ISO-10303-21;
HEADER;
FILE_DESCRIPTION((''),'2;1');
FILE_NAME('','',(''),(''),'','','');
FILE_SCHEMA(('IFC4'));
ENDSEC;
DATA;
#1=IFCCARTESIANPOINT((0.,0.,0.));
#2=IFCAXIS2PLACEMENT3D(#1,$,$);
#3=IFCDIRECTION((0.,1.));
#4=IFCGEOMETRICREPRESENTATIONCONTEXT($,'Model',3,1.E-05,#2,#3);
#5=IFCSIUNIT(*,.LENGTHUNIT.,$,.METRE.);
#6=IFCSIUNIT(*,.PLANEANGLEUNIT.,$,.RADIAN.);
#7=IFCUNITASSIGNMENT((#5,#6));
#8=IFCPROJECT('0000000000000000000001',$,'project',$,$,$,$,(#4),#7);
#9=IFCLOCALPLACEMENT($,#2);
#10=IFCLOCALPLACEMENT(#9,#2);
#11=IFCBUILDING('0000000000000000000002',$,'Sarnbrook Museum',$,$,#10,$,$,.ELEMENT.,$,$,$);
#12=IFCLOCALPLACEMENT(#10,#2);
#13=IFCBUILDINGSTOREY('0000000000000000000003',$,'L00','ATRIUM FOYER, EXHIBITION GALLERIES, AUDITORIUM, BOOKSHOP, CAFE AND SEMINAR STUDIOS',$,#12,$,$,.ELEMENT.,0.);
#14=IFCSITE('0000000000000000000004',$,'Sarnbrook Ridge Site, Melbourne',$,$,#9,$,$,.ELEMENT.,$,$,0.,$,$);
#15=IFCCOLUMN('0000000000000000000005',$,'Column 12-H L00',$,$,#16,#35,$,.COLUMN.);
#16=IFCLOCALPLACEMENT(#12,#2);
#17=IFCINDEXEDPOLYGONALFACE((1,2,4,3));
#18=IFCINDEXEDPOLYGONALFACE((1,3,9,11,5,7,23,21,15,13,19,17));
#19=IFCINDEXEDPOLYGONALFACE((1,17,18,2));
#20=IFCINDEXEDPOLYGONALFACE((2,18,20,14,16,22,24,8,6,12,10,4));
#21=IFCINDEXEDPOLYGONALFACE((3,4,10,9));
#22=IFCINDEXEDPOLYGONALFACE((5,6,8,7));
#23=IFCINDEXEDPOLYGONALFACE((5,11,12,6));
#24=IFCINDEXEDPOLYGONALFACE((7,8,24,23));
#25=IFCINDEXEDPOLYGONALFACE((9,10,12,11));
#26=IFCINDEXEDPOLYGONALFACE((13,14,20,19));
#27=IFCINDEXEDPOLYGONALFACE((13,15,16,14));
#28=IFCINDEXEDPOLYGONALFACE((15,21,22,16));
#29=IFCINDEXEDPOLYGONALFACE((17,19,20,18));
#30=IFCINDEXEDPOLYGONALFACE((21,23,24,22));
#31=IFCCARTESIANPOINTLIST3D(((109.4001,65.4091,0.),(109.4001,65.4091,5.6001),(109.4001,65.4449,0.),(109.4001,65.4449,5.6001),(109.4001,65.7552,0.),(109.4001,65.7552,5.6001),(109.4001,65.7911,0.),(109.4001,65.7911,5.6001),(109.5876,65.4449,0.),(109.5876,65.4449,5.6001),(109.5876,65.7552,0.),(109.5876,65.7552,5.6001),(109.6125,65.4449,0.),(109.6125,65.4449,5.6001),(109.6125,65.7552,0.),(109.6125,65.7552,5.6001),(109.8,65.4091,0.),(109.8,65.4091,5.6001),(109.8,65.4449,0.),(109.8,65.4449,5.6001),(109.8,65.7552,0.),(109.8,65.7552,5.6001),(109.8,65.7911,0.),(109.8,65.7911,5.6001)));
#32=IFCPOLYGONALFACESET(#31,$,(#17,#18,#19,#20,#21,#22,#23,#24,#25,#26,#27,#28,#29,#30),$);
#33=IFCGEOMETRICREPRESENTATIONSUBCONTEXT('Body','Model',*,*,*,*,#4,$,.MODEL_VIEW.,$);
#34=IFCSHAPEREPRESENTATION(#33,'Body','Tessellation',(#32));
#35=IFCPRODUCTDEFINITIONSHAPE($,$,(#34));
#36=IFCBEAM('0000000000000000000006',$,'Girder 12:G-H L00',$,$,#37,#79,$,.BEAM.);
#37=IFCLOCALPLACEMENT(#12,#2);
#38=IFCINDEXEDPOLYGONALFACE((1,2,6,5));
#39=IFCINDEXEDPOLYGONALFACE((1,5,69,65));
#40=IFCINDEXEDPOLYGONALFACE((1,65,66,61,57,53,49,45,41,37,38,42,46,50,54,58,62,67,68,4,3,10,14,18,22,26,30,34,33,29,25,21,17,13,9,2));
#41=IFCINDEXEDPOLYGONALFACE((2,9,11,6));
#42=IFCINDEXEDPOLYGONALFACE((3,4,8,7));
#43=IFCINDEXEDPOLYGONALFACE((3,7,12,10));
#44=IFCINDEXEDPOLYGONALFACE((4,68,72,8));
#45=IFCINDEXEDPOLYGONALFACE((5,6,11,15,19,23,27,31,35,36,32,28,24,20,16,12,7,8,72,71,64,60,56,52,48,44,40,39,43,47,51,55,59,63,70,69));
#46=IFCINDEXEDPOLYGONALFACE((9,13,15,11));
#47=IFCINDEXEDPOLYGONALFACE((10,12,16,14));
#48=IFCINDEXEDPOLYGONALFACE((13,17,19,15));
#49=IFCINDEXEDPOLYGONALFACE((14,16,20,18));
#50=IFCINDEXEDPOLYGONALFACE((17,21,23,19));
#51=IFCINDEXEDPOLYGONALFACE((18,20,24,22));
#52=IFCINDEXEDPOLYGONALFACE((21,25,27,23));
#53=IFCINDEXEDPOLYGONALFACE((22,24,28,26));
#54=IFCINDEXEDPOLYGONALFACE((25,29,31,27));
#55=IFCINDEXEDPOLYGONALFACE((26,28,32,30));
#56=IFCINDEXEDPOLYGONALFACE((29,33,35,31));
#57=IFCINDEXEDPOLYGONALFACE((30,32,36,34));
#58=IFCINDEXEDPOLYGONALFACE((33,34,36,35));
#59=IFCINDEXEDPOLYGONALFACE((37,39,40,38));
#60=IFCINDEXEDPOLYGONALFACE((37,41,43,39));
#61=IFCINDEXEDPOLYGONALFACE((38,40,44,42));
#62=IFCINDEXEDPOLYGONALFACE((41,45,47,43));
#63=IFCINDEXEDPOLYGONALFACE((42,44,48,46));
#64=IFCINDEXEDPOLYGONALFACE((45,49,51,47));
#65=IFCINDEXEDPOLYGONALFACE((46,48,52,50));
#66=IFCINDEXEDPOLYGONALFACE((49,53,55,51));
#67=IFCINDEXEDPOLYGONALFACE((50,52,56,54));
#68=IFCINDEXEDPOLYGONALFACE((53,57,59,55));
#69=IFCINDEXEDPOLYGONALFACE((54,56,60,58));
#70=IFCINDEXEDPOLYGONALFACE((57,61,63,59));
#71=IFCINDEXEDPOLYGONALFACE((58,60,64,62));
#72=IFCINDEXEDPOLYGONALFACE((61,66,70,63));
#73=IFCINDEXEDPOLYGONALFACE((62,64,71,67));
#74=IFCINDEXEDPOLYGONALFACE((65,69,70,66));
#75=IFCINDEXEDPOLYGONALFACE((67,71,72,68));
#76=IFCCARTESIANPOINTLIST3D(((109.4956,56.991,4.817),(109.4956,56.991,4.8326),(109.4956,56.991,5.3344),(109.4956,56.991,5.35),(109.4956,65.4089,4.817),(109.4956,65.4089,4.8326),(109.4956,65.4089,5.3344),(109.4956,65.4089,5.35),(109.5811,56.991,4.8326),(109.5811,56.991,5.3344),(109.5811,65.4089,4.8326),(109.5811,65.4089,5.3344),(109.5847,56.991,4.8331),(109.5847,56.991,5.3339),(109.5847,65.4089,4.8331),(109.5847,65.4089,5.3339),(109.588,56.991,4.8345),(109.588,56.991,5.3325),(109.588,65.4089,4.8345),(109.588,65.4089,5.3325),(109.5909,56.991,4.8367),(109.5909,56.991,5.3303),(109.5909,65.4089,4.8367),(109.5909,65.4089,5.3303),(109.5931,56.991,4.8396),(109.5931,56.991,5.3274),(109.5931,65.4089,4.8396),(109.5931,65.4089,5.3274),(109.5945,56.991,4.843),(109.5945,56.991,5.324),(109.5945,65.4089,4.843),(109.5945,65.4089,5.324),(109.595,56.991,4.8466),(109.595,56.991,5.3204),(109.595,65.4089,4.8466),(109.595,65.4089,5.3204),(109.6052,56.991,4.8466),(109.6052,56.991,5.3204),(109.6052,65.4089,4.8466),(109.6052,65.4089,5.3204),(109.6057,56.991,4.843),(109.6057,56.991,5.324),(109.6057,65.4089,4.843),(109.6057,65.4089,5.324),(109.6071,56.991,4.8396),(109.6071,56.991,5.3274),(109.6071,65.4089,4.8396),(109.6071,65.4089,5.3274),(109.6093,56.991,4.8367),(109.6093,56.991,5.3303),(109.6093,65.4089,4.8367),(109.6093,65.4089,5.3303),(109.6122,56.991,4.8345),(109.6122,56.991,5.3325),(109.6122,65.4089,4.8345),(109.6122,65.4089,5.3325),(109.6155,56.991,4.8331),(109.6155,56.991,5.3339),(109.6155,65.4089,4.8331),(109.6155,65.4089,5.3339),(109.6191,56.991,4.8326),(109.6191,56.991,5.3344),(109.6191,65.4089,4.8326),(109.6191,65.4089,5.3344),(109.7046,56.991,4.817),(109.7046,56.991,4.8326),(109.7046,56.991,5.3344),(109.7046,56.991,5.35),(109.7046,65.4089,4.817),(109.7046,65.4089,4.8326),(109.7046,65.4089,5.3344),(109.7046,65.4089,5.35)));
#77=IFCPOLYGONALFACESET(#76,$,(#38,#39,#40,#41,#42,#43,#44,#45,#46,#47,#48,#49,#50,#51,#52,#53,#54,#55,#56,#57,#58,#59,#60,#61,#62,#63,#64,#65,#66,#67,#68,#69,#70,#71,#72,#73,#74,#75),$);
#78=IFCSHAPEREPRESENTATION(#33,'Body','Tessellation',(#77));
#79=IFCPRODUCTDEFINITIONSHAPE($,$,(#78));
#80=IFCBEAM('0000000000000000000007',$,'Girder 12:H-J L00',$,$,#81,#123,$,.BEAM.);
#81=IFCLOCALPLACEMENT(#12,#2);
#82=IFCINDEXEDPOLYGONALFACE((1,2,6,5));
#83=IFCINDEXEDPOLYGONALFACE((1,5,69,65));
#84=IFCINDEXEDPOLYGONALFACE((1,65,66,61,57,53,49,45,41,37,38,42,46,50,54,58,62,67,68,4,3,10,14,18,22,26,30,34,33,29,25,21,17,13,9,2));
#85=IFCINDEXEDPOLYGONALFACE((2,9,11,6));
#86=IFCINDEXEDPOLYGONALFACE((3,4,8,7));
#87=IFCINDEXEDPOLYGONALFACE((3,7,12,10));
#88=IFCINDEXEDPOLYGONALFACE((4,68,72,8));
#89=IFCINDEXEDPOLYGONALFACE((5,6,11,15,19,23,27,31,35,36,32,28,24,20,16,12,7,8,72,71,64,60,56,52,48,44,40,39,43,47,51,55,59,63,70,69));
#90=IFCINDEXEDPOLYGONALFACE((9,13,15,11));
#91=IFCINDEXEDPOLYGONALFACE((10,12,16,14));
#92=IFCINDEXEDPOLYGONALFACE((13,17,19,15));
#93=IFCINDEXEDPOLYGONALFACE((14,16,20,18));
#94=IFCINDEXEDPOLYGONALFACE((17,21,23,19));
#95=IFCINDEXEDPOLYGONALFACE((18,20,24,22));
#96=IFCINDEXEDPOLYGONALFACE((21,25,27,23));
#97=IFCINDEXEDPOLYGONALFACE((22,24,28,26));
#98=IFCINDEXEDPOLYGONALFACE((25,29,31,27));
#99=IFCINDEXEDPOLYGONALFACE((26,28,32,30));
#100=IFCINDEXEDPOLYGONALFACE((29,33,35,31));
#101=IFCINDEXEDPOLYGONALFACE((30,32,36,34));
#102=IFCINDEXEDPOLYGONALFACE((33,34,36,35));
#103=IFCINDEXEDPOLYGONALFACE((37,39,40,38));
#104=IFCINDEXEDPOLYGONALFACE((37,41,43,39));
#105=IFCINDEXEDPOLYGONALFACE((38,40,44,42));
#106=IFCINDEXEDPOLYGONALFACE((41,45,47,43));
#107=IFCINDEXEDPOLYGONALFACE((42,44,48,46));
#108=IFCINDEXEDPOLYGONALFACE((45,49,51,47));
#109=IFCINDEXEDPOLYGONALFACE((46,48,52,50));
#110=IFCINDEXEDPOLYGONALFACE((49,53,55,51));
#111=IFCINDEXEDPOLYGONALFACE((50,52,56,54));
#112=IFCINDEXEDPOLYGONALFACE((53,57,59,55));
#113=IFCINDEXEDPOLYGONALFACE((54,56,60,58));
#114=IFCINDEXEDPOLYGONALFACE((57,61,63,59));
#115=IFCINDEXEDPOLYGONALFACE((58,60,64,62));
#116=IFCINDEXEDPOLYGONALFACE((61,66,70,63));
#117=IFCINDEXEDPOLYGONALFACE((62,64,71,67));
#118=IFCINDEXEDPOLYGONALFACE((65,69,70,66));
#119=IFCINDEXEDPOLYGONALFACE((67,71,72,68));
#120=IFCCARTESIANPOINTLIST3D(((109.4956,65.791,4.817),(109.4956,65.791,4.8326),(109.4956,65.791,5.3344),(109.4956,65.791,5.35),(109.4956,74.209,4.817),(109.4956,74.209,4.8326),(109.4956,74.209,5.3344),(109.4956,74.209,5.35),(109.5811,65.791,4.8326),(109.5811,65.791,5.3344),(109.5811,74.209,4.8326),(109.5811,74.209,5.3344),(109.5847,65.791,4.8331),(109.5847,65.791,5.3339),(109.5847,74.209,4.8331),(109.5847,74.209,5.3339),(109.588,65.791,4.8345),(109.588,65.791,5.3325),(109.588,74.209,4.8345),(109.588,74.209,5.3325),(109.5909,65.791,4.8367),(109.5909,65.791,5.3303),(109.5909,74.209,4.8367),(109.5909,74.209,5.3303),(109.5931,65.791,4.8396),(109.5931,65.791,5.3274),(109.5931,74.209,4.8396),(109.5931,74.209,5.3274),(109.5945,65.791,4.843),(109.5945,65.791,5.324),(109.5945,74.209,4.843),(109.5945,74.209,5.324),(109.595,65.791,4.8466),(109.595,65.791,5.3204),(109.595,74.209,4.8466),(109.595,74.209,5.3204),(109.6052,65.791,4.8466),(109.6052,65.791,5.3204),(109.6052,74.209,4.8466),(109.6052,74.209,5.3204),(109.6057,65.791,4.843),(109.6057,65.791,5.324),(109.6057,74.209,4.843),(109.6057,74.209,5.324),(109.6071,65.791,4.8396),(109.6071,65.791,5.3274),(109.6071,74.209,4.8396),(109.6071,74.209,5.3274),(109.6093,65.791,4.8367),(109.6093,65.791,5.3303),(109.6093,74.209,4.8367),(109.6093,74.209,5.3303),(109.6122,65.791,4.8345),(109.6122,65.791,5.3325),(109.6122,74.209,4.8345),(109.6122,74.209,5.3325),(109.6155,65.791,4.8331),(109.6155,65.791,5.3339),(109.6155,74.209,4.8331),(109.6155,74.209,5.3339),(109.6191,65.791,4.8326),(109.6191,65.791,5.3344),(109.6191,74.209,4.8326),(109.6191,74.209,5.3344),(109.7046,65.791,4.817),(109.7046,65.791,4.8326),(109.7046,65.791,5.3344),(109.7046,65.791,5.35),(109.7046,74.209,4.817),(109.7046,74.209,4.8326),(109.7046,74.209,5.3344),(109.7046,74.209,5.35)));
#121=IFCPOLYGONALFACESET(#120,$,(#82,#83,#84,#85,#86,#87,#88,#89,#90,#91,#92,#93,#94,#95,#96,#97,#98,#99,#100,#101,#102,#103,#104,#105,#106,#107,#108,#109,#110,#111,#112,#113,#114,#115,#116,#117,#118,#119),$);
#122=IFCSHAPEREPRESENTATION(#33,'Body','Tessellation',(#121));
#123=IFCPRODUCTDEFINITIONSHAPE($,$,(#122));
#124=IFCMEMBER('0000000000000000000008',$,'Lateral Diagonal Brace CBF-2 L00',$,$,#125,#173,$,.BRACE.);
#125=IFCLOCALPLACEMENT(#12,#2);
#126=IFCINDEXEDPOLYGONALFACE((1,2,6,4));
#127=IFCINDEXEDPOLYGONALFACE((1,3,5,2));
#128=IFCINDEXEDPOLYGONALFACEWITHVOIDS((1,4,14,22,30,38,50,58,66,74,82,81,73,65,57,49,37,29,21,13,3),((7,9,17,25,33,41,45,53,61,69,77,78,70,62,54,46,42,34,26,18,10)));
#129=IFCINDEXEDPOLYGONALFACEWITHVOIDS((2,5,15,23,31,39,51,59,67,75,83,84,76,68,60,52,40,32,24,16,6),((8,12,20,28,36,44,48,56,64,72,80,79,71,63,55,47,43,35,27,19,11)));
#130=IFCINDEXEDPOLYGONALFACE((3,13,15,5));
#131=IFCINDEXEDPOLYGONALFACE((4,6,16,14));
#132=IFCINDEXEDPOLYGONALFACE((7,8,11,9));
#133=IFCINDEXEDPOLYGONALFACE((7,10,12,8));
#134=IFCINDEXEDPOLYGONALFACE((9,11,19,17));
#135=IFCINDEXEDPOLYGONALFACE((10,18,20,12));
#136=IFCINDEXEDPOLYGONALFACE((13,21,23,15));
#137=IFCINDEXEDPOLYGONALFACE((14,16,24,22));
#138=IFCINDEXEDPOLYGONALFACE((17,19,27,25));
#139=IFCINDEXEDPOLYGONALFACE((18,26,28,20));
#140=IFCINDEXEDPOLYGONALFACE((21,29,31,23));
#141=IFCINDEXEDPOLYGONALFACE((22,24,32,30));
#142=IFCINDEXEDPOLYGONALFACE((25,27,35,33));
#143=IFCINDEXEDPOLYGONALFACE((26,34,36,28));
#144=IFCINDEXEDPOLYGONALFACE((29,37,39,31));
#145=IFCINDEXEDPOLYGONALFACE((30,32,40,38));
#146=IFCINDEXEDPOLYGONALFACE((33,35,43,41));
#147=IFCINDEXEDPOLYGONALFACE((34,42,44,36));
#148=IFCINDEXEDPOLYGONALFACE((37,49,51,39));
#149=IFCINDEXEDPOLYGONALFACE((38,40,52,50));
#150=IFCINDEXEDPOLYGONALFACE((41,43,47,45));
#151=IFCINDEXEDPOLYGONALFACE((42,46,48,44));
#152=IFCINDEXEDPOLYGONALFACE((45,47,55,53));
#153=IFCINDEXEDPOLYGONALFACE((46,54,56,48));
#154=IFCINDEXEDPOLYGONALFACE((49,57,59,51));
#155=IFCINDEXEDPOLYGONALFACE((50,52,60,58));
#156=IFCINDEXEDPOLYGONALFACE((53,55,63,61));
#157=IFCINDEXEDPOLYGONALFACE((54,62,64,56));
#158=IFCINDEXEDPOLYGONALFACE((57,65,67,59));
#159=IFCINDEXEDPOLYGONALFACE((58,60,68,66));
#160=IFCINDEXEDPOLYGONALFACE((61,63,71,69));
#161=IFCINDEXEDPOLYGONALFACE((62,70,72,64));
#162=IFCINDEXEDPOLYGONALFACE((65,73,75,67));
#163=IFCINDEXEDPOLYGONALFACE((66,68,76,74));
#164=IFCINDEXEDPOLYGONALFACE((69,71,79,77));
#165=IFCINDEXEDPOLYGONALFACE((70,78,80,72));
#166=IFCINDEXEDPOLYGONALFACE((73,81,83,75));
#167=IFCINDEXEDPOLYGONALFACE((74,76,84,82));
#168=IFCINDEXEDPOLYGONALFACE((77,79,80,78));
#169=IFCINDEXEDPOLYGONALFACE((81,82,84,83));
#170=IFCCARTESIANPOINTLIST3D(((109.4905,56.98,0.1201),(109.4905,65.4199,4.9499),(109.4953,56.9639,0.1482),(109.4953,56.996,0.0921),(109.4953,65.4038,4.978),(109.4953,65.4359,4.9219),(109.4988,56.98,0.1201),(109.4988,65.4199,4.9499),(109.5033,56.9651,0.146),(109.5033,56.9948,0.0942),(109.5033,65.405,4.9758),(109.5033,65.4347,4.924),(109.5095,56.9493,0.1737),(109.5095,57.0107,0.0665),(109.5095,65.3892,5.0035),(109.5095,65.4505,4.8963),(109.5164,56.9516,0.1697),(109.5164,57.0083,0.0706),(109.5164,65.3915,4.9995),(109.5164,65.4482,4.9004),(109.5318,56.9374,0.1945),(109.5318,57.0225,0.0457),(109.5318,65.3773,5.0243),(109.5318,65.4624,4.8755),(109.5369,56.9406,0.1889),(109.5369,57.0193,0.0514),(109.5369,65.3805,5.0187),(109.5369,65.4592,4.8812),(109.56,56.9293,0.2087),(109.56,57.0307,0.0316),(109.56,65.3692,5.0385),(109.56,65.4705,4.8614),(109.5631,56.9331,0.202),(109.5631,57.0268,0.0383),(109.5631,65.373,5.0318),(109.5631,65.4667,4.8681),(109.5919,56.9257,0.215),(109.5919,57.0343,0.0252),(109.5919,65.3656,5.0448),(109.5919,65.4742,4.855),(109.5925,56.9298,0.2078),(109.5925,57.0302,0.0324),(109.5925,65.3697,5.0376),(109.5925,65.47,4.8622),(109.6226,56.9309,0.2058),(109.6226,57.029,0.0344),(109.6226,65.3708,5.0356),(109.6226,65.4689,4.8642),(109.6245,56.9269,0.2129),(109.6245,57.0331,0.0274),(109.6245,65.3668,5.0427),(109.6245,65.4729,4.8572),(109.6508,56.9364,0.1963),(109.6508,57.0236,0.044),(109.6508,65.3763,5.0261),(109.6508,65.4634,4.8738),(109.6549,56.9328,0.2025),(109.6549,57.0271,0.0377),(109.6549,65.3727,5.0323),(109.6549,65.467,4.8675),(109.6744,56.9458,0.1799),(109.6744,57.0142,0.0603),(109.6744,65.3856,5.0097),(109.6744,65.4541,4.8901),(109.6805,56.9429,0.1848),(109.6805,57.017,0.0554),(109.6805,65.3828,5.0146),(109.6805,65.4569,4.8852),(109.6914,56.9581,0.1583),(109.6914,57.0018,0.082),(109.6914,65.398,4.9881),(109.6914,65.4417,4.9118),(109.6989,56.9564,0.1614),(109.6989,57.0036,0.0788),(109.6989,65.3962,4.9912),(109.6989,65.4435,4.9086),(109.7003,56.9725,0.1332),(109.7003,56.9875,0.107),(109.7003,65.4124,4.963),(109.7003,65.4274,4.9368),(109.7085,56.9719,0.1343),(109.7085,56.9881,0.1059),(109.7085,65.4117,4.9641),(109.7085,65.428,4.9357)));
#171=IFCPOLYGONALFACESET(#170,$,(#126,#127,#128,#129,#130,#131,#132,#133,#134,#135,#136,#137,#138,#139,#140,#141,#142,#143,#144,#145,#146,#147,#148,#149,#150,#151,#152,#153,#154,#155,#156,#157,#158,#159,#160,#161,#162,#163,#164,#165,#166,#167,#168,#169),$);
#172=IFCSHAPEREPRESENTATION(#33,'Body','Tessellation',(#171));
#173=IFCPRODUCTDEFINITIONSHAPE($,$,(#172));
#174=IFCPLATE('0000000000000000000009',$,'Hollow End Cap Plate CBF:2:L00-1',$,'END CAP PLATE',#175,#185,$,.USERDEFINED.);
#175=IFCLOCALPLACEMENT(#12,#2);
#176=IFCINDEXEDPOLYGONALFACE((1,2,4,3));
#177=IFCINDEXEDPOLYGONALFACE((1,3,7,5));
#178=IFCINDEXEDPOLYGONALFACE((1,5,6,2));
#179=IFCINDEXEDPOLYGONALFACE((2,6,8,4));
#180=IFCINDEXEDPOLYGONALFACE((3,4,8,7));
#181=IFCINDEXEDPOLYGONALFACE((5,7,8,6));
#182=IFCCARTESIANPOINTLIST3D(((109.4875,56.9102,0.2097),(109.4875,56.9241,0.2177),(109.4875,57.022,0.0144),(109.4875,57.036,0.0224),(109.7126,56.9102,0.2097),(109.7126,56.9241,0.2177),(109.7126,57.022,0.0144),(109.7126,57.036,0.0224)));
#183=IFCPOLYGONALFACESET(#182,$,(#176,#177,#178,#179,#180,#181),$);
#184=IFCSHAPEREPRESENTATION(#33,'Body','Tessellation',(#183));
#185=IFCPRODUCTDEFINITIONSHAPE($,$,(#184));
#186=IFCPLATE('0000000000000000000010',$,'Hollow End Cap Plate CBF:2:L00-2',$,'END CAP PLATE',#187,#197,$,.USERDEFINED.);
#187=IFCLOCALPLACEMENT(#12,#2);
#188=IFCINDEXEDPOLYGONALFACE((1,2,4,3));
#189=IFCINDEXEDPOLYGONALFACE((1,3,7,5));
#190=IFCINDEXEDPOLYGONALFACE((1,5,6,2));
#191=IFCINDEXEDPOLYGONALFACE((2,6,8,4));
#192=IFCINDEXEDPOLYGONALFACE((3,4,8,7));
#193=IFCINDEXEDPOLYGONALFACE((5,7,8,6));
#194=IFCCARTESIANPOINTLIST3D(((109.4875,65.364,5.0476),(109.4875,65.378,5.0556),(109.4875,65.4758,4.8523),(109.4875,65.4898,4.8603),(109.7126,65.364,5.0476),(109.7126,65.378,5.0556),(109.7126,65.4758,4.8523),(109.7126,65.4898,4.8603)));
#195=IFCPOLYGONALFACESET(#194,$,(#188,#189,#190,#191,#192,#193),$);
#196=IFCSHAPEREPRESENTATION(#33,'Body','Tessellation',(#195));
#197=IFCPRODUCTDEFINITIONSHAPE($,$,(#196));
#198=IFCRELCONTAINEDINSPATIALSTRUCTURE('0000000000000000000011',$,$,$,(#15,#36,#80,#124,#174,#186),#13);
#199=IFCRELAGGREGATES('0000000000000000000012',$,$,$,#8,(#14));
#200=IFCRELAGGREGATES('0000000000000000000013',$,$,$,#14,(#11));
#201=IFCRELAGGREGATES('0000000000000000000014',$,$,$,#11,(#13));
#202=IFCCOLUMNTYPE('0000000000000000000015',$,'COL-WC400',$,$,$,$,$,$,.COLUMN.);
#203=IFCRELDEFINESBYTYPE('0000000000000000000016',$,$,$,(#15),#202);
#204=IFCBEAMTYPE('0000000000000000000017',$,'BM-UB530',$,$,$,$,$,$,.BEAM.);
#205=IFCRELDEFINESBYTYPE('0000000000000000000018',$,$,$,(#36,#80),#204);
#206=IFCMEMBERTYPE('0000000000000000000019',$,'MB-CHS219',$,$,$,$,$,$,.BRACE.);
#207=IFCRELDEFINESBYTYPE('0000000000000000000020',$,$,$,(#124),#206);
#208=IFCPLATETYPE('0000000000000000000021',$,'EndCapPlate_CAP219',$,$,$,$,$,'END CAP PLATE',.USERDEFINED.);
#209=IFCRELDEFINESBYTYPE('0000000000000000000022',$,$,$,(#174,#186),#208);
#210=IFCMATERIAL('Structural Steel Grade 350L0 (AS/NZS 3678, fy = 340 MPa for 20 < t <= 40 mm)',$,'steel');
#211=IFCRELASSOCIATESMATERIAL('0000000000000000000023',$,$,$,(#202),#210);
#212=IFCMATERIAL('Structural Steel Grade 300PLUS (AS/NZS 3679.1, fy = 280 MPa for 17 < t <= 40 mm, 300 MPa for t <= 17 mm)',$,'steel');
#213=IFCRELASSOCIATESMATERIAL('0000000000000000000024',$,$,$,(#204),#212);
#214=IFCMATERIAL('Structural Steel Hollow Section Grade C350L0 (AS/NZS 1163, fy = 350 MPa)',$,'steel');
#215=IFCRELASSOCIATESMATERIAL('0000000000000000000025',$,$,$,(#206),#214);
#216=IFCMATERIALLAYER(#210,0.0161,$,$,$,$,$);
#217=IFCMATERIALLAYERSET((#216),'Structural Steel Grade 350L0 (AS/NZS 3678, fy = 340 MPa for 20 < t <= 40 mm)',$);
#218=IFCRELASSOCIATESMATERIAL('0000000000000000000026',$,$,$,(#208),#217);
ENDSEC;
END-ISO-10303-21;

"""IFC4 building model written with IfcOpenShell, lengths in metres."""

from ifc_helpers import new_model, si_unit, direction, frame, origin, origin_2d, place, context, subcontext, project, spatial, rectangle, hollow_circle, i_section, extrude, material, layer, layer_set, material_profile, profile_set, type_object, element, save


model = new_model("IFC4")

# Units and contexts
model_context = context("Model", 3, precision=1e-05, world=origin(), true_north=direction((0.0, 1.0)))
body_context = subcontext(model_context, "Body", "Model", "MODEL_VIEW")
ifc_project = project(units=[si_unit("LENGTHUNIT", "METRE"), si_unit("PLANEANGLEUNIT", "RADIAN")], contexts=[model_context])

# Site, building, storey
site_placement = place(None, origin())
site = spatial("IfcSite", under=ifc_project, at=site_placement, Name="Sarnbrook Ridge Site, Melbourne", CompositionType="ELEMENT", RefElevation=0.0)
building_placement = place(site_placement, origin())
building = spatial("IfcBuilding", under=site, at=building_placement, Name="Sarnbrook Museum", CompositionType="ELEMENT")
storey_placement = place(building_placement, origin())
storey = spatial("IfcBuildingStorey", under=building, at=storey_placement, Name="L00", Description="ATRIUM FOYER, EXHIBITION GALLERIES, AUDITORIUM, BOOKSHOP, CAFE AND SEMINAR STUDIOS", CompositionType="ELEMENT", Elevation=0.0)

# Column
ifc_material_1 = material(Name="Structural Steel Grade 350L0 (AS/NZS 3678, fy = 340 MPa for 20 < t <= 40 mm)", Category="steel")
ifc_material_profile_1 = material_profile(ifc_material_1, i_section(OverallWidth=0.3999, OverallDepth=0.3821, WebThickness=0.0249, FlangeThickness=0.0359, at=origin_2d()), Name="400WC270")
ifc_profile_set_1 = profile_set([ifc_material_profile_1], Name="Structural Steel Grade 350L0 (AS/NZS 3678, fy = 340 MPa for 20 < t <= 40 mm)")
column_type = type_object("IfcColumnType", Name="COL-WC400", PredefinedType="COLUMN", material=ifc_profile_set_1)
column_placement = place(storey_placement, frame((109.6001, 65.6001, 0.0), z_axis=(0.0, 0.0, 1.0), x_axis=(1.0, 0.0, 0.0)))
element("IfcColumn", 1, at=column_placement, inside=storey, type_object=column_type, Name="Column 12-H L00", PredefinedType="COLUMN", context=body_context, shape_type="SweptSolid", body=[
    extrude(i_section(OverallWidth=0.3999, OverallDepth=0.3821, WebThickness=0.0249, FlangeThickness=0.0359, at=origin_2d()), origin(), (0.0, 0.0, 1.0), 5.6001),
])

# Beams
ifc_material_2 = material(Name="Structural Steel Grade 300PLUS (AS/NZS 3679.1, fy = 280 MPa for 17 < t <= 40 mm, 300 MPa for t <= 17 mm)", Category="steel")
ifc_material_profile_2 = material_profile(ifc_material_2, i_section(OverallWidth=0.209, OverallDepth=0.533, WebThickness=0.0103, FlangeThickness=0.0156, FilletRadius=0.0139, at=origin_2d()), Name="530UB92.4")
ifc_profile_set_2 = profile_set([ifc_material_profile_2], Name="Structural Steel Grade 300PLUS (AS/NZS 3679.1, fy = 280 MPa for 17 < t <= 40 mm, 300 MPa for t <= 17 mm)")
beam_type = type_object("IfcBeamType", Name="BM-UB530", PredefinedType="BEAM", material=ifc_profile_set_2)
for number, where, z_axis, x_axis, name in (
    (2, (109.6001, 56.991, 5.0835), (0.0, 1.0, 0.0), (-1.0, 0.0, 0.0), "Girder 12:G-H L00"),
    (3, (109.6001, 65.791, 5.0835), (0.0, 1.0, 0.0), (-1.0, 0.0, 0.0), "Girder 12:H-J L00"),
):
    element("IfcBeam", number, at=place(storey_placement, frame(where, z_axis=z_axis, x_axis=x_axis)), inside=storey, type_object=beam_type, Name=name, PredefinedType="BEAM", context=body_context, shape_type="SweptSolid", body=[
        extrude(i_section(OverallWidth=0.209, OverallDepth=0.533, WebThickness=0.0103, FlangeThickness=0.0156, FilletRadius=0.0139, at=origin_2d()), origin(), (0.0, 0.0, 1.0), 8.418),
    ])

# Member
ifc_material_3 = material(Name="Structural Steel Hollow Section Grade C350L0 (AS/NZS 1163, fy = 350 MPa)", Category="steel")
ifc_material_profile_3 = material_profile(ifc_material_3, hollow_circle(Radius=0.1096, WallThickness=0.0083, at=origin_2d()), Name="219.1x8.2CHS")
ifc_profile_set_3 = profile_set([ifc_material_profile_3], Name="Structural Steel Hollow Section Grade C350L0 (AS/NZS 1163, fy = 350 MPa)")
member_type = type_object("IfcMemberType", Name="MB-CHS219", PredefinedType="BRACE", material=ifc_profile_set_3)
member_placement = place(storey_placement, frame((109.6001, 56.98, 0.1201), z_axis=(0.0, 0.867932, 0.496682), x_axis=(-1.0, 0.0, 0.0)))
element("IfcMember", 4, at=member_placement, inside=storey, type_object=member_type, Name="Lateral Diagonal Brace CBF-2 L00", PredefinedType="BRACE", context=body_context, shape_type="SweptSolid", body=[
    extrude(hollow_circle(Radius=0.1096, WallThickness=0.0083, at=origin_2d()), origin(), (0.0, 0.0, 1.0), 9.7241),
])

# Plates
ifc_layer_1 = layer(ifc_material_1, 0.0161)
ifc_layer_set_1 = layer_set([ifc_layer_1], Name="Structural Steel Grade 350L0 (AS/NZS 3678, fy = 340 MPa for 20 < t <= 40 mm)")
plate_type = type_object("IfcPlateType", Name="EndCapPlate_CAP219", ElementType="END CAP PLATE", PredefinedType="USERDEFINED", material=ifc_layer_set_1)
for number, where, z_axis, x_axis, name in (
    (5, (109.6001, 56.9661, 0.1121), (0.0, 0.867927, 0.496693), (-1.0, 0.0, 0.0), "Hollow End Cap Plate CBF:2:L00-1"),
    (6, (109.6001, 65.4199, 4.95), (0.0, 0.867927, 0.496693), (-1.0, 0.0, 0.0), "Hollow End Cap Plate CBF:2:L00-2"),
):
    element("IfcPlate", number, at=place(storey_placement, frame(where, z_axis=z_axis, x_axis=x_axis)), inside=storey, type_object=plate_type, Name=name, ObjectType="END CAP PLATE", PredefinedType="USERDEFINED", context=body_context, shape_type="SweptSolid", body=[
        extrude(rectangle(XDim=0.2251, YDim=0.2251, at=origin_2d()), origin(), (0.0, 0.0, 1.0), 0.0161),
    ])

save(model, "model.ifc")
